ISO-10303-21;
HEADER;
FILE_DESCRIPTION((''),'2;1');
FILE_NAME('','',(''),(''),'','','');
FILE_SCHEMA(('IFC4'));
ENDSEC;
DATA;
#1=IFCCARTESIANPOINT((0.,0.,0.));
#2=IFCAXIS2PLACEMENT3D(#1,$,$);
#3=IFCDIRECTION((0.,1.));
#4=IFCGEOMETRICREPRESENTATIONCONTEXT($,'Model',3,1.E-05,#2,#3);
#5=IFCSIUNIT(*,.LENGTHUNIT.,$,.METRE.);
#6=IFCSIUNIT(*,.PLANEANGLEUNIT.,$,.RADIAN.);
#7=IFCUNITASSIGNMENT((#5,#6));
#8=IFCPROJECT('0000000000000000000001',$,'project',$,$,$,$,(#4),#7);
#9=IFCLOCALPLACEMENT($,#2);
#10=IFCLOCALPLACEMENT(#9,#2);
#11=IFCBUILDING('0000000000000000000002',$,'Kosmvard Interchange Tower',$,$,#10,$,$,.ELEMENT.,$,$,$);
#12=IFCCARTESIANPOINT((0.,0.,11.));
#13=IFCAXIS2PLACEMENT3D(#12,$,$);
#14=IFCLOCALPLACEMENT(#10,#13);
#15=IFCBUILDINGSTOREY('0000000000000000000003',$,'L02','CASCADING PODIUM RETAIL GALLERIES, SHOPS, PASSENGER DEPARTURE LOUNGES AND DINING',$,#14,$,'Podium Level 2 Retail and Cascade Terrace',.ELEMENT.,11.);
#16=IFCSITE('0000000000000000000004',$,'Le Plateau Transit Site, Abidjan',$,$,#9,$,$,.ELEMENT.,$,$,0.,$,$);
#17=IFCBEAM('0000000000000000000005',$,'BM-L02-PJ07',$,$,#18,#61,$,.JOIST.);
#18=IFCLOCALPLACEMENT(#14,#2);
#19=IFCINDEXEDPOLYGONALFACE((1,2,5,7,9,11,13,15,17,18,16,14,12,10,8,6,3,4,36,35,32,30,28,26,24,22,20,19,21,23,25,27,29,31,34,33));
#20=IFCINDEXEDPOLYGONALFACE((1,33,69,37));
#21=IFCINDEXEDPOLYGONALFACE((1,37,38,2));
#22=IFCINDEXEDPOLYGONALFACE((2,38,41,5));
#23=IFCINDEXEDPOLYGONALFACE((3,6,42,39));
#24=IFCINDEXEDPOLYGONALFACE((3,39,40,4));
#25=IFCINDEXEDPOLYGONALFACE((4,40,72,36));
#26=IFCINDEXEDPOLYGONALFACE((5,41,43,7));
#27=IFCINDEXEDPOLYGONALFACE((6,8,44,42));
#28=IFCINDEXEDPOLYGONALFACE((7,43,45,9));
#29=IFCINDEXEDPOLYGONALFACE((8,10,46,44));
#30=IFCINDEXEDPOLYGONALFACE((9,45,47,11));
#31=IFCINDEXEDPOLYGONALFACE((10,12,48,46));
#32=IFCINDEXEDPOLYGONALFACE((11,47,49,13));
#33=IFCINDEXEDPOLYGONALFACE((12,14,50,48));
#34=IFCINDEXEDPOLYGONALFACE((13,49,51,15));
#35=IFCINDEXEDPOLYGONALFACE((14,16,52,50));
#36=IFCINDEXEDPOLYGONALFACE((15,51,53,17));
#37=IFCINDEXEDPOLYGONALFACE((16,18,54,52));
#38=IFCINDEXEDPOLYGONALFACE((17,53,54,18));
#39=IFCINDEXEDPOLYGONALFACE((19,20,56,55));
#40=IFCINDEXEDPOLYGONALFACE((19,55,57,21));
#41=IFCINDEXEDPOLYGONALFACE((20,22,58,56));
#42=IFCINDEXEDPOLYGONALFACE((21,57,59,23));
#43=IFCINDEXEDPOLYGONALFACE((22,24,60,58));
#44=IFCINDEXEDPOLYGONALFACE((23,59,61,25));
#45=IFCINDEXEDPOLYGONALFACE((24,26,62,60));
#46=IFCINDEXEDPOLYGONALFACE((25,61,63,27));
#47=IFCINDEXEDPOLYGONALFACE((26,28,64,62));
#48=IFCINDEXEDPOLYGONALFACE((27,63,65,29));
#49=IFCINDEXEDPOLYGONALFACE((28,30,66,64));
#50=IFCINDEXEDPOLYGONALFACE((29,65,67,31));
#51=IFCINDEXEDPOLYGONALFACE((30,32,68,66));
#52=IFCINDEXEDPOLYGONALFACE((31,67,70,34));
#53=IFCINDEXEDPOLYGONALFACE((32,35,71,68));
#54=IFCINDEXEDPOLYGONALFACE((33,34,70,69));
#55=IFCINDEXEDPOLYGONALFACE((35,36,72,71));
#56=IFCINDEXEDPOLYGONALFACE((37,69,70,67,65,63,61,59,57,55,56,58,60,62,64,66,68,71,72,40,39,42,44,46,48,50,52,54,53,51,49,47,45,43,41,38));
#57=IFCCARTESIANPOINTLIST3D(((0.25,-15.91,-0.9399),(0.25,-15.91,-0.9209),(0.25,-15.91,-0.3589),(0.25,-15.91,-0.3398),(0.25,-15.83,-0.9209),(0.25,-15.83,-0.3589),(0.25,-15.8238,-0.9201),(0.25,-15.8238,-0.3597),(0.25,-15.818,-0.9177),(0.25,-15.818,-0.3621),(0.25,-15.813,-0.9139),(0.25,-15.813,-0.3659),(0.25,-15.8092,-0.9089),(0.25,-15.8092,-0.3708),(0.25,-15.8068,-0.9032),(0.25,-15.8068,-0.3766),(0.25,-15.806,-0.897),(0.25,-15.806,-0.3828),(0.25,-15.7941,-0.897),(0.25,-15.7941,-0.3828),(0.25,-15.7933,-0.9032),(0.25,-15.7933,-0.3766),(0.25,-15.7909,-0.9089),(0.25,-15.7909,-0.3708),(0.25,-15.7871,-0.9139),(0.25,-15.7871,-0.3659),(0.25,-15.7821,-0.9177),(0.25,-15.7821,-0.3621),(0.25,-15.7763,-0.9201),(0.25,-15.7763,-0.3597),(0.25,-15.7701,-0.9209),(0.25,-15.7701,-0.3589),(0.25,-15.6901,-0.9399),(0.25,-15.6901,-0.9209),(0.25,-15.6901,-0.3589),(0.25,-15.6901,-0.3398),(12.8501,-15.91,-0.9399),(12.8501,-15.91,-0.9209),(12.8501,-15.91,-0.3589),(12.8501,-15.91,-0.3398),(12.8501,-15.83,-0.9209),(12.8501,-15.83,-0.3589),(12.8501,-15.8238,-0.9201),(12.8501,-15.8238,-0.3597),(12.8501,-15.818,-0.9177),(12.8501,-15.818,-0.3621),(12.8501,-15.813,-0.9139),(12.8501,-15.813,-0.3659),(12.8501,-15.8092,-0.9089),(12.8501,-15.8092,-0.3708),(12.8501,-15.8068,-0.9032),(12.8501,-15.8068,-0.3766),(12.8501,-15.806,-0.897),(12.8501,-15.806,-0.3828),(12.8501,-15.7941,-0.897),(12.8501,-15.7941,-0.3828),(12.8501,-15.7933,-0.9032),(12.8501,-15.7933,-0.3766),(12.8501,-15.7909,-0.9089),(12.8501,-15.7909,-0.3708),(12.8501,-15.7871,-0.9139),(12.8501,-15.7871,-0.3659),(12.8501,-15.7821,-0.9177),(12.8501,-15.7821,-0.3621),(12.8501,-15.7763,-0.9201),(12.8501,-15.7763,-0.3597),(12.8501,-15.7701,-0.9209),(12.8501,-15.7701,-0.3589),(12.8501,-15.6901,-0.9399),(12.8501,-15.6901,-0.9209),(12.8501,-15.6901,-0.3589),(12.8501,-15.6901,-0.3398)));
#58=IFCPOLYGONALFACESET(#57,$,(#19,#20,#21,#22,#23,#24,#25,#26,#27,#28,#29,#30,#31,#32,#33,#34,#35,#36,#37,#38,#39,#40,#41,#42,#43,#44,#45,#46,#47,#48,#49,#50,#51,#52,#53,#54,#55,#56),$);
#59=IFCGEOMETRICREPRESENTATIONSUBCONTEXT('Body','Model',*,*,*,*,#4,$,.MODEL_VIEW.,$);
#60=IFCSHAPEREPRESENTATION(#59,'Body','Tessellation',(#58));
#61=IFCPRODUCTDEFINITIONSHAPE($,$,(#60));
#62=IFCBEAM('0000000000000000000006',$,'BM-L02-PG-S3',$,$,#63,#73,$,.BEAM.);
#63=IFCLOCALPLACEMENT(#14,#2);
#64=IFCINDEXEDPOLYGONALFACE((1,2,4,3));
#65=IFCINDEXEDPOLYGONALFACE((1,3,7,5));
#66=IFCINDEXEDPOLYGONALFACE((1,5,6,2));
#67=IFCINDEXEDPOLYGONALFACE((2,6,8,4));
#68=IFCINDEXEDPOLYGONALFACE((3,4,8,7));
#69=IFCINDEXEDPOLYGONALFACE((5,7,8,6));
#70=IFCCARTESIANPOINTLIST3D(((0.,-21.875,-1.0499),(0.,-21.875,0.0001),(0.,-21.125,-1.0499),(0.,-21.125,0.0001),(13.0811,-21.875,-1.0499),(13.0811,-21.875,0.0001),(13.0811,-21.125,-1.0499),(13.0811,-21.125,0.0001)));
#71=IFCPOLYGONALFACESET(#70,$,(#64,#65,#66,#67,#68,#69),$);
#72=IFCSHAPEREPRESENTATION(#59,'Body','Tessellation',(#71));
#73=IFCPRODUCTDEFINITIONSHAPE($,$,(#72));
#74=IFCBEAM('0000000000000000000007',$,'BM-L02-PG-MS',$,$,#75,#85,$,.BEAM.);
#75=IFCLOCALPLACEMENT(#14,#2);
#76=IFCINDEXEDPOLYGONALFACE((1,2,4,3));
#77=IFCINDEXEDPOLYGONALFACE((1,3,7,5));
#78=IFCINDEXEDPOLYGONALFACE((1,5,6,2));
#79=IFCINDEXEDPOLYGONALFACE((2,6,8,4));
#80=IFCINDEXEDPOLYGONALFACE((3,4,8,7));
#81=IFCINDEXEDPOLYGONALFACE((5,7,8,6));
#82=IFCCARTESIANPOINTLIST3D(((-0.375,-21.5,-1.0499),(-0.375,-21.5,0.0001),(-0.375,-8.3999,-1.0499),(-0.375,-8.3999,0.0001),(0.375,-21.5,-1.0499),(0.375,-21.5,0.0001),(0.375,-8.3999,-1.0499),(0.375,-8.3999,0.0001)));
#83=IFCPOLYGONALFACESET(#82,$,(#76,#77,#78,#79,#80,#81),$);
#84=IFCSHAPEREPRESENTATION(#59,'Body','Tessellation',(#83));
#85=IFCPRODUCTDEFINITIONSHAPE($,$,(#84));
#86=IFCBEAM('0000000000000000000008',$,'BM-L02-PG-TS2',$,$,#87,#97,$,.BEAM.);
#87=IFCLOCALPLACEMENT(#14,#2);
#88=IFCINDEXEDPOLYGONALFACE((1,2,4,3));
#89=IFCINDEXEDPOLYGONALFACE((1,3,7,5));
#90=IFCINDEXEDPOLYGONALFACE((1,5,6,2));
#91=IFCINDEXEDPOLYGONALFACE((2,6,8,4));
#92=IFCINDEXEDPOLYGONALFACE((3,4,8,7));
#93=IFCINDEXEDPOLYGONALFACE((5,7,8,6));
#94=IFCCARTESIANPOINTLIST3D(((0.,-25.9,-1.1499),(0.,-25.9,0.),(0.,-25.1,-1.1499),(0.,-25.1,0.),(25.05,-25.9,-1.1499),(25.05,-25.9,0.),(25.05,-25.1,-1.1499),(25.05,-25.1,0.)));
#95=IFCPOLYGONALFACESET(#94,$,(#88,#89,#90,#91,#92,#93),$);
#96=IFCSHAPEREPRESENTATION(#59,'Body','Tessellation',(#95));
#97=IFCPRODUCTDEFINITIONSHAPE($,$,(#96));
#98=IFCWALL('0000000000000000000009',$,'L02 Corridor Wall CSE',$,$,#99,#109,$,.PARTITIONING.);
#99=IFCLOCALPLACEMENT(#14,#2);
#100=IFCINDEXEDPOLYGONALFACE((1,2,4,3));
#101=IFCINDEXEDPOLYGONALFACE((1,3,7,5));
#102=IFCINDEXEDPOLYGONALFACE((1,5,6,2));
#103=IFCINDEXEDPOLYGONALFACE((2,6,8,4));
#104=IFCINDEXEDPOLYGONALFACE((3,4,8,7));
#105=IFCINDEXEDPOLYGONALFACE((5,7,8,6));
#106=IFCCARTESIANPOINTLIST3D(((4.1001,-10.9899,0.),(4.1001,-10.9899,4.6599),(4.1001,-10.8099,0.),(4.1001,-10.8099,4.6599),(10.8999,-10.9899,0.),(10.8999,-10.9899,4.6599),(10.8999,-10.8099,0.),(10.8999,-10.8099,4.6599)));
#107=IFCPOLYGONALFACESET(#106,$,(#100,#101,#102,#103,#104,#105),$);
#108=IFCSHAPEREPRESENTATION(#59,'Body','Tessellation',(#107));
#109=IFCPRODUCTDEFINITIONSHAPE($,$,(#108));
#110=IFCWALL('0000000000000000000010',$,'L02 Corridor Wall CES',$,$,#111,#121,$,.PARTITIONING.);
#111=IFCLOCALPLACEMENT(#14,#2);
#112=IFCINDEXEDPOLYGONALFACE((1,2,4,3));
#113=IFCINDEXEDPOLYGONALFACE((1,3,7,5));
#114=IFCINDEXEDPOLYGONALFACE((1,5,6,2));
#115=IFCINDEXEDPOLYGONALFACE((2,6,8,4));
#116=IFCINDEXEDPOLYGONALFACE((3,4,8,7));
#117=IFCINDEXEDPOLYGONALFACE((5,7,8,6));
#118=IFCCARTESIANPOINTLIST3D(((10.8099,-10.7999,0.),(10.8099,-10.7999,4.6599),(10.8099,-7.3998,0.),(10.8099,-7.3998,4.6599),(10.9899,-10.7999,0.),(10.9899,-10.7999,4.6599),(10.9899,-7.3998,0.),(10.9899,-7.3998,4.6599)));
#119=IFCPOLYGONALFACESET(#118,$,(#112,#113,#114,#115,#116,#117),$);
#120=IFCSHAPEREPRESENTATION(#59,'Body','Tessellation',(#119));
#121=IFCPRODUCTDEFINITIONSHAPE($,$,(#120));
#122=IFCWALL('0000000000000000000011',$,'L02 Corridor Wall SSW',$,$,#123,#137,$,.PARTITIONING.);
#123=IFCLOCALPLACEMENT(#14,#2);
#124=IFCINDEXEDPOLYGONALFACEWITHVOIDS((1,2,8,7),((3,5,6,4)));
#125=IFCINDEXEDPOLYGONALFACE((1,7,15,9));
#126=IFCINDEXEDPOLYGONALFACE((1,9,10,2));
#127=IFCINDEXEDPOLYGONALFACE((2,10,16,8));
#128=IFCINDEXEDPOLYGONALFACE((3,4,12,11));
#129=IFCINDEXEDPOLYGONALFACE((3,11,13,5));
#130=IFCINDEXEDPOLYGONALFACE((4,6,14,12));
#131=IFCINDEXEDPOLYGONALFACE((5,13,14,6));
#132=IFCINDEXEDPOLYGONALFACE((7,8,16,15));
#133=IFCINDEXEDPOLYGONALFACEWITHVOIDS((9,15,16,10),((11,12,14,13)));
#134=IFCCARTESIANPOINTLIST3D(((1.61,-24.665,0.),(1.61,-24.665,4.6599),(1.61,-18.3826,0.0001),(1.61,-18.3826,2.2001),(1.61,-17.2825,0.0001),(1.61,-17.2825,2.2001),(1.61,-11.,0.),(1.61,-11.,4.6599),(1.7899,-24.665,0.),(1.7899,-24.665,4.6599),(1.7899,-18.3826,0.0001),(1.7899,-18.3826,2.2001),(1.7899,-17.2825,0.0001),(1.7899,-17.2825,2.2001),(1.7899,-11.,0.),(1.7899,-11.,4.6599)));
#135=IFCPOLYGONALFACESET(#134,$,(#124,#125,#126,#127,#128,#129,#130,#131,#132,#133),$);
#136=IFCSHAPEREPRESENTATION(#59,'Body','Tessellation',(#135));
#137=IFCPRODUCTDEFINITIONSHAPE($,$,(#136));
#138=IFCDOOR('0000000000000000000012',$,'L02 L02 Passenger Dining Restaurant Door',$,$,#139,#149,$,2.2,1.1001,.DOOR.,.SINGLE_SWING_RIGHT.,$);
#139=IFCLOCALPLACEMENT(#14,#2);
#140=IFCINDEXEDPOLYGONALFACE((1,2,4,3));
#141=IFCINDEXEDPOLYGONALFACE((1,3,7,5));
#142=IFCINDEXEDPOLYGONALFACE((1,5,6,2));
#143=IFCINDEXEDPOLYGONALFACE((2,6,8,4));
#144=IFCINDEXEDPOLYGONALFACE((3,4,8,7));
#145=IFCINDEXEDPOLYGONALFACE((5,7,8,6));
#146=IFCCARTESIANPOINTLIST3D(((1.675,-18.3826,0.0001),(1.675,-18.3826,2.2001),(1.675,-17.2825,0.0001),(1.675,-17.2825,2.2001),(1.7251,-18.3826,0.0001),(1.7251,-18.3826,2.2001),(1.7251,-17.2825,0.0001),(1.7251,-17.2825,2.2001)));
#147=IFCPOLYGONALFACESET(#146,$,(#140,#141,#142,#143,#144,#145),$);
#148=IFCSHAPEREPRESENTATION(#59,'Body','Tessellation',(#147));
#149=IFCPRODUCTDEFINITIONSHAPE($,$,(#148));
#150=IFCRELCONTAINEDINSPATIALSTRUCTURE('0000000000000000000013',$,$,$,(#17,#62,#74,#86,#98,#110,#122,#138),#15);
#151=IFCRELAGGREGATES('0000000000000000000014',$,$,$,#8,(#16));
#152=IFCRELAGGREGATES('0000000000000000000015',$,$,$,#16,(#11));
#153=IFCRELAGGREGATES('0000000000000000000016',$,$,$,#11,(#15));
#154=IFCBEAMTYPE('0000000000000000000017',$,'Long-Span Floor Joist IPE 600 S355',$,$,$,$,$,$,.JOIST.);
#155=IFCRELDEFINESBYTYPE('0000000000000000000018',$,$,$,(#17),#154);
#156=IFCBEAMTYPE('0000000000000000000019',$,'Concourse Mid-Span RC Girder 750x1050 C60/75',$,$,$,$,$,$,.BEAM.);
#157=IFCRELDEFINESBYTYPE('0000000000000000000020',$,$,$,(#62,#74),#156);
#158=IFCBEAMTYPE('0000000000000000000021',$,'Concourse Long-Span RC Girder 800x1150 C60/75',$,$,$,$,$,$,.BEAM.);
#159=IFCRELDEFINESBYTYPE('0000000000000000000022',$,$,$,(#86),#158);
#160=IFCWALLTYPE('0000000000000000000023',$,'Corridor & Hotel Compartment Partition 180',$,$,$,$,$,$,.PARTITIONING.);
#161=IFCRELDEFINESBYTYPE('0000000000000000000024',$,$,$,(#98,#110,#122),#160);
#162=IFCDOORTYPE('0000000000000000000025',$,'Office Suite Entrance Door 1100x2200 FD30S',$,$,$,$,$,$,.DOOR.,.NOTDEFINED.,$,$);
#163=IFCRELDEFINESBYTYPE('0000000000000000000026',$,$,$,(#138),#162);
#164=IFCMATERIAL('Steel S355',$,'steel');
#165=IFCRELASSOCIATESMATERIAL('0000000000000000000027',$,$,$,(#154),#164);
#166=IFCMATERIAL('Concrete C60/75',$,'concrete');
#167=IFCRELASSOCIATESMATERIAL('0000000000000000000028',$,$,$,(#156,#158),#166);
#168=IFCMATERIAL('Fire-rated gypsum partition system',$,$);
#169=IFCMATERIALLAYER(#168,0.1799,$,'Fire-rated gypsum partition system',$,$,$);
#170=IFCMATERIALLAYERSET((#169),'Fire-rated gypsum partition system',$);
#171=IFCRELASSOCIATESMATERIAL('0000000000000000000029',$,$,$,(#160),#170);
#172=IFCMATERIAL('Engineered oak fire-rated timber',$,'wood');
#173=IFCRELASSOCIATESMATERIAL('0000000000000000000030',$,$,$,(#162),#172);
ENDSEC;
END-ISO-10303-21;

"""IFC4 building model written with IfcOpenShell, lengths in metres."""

from ifc_helpers import new_model, si_unit, direction, frame, frame_2d, origin, origin_2d, place, context, subcontext, project, spatial, rectangle, i_section, extrude, source, transform, mapped, material, layer, layer_set, material_profile, profile_set, type_object, element, fill, save


model = new_model("IFC4")

# Units and contexts
model_context = context("Model", 3, precision=1e-05, world=origin(), true_north=direction((0.0, 1.0)))
body_context = subcontext(model_context, "Body", "Model", "MODEL_VIEW")
ifc_project = project(units=[si_unit("LENGTHUNIT", "METRE"), si_unit("PLANEANGLEUNIT", "RADIAN")], contexts=[model_context])

# Site, building, storey
site_placement = place(None, origin())
site = spatial("IfcSite", under=ifc_project, at=site_placement, Name="Le Plateau Transit Site, Abidjan", CompositionType="ELEMENT", RefElevation=0.0)
building_placement = place(site_placement, origin())
building = spatial("IfcBuilding", under=site, at=building_placement, Name="Kosmvard Interchange Tower", CompositionType="ELEMENT")
storey_placement = place(building_placement, frame((0.0, 0.0, 11.0)))
storey = spatial("IfcBuildingStorey", under=building, at=storey_placement, Name="L02", Description="CASCADING PODIUM RETAIL GALLERIES, SHOPS, PASSENGER DEPARTURE LOUNGES AND DINING", LongName="Podium Level 2 Retail and Cascade Terrace", CompositionType="ELEMENT", Elevation=11.0)

# Shared definitions
ifc_material_1 = material(Name="Concrete C60/75", Category="concrete")

# Beams
ifc_material_2 = material(Name="Steel S355", Category="steel")
ifc_material_profile_1 = material_profile(ifc_material_2, i_section(OverallWidth=0.22, OverallDepth=0.6001, WebThickness=0.012, FlangeThickness=0.019, FilletRadius=0.0239, at=origin_2d()), Name="IPE 600")
ifc_profile_set_1 = profile_set([ifc_material_profile_1], Name="Steel S355")
beam_type_1 = type_object("IfcBeamType", Name="Long-Span Floor Joist IPE 600 S355", PredefinedType="JOIST", material=ifc_profile_set_1)
shared_shape_1 = source(origin(), body_context, "Body", "SweptSolid", [
    extrude(i_section(OverallWidth=0.22, OverallDepth=0.6001, WebThickness=0.012, FlangeThickness=0.019, FilletRadius=0.0239, at=origin_2d()), origin(), (0.0, 0.0, 1.0), 12.6001),
])
for number, where, z_axis, x_axis, name in (
    (1, (0.25, -15.8, -0.6399), (1.0, 0.0, 0.0), (0.0, 1.0, 0.0), "BM-L02-PJ07"),
):
    element("IfcBeam", number, at=place(storey_placement, frame(where, z_axis=z_axis, x_axis=x_axis)), inside=storey, type_object=beam_type_1, Name=name, PredefinedType="JOIST", context=body_context, shape_type="MappedRepresentation", body=[
        mapped(shared_shape_1, transform((0.0, 0.0, 0.0), scale=1.0)),
    ])
ifc_material_profile_2 = material_profile(ifc_material_1, rectangle(XDim=0.75, YDim=1.05, at=origin_2d()), Name="RCG 750x1050")
ifc_profile_set_2 = profile_set([ifc_material_profile_2], Name="Concrete C60/75")
beam_type_2 = type_object("IfcBeamType", Name="Concourse Mid-Span RC Girder 750x1050 C60/75", PredefinedType="BEAM", material=ifc_profile_set_2)
shared_shape_2 = source(origin(), body_context, "Body", "SweptSolid", [
    extrude(rectangle(XDim=0.75, YDim=1.05, at=origin_2d()), origin(), (0.0, 0.0, 1.0), 13.0811),
])
beam_1_placement = place(storey_placement, frame((0.0, -21.5, -0.5249), z_axis=(1.0, 0.0, 0.0), x_axis=(0.0, 1.0, 0.0)))
element("IfcBeam", 2, at=beam_1_placement, inside=storey, type_object=beam_type_2, Name="BM-L02-PG-S3", PredefinedType="BEAM", context=body_context, shape_type="MappedRepresentation", body=[
    mapped(shared_shape_2, transform((0.0, 0.0, 0.0), scale=1.0)),
])
shared_shape_3 = source(origin(), body_context, "Body", "SweptSolid", [
    extrude(rectangle(XDim=0.75, YDim=1.05, at=origin_2d()), origin(), (0.0, 0.0, 1.0), 13.1001),
])
beam_2_placement = place(storey_placement, frame((0.0, -21.5, -0.5249), z_axis=(0.0, 1.0, 0.0), x_axis=(-1.0, 0.0, 0.0)))
element("IfcBeam", 3, at=beam_2_placement, inside=storey, type_object=beam_type_2, Name="BM-L02-PG-MS", PredefinedType="BEAM", context=body_context, shape_type="MappedRepresentation", body=[
    mapped(shared_shape_3, transform((0.0, 0.0, 0.0), scale=1.0)),
])
ifc_material_profile_3 = material_profile(ifc_material_1, rectangle(XDim=0.8, YDim=1.1499, at=origin_2d()), Name="RCG 800x1150")
ifc_profile_set_3 = profile_set([ifc_material_profile_3], Name="Concrete C60/75")
beam_type_3 = type_object("IfcBeamType", Name="Concourse Long-Span RC Girder 800x1150 C60/75", PredefinedType="BEAM", material=ifc_profile_set_3)
shared_shape_4 = source(origin(), body_context, "Body", "SweptSolid", [
    extrude(rectangle(XDim=0.8, YDim=1.1499, at=origin_2d()), origin(), (0.0, 0.0, 1.0), 25.05),
])
beam_3_placement = place(storey_placement, frame((0.0, -25.5, -0.575), z_axis=(1.0, 0.0, 0.0), x_axis=(0.0, 1.0, 0.0)))
element("IfcBeam", 4, at=beam_3_placement, inside=storey, type_object=beam_type_3, Name="BM-L02-PG-TS2", PredefinedType="BEAM", context=body_context, shape_type="MappedRepresentation", body=[
    mapped(shared_shape_4, transform((0.0, 0.0, 0.0), scale=1.0)),
])

# Walls
ifc_material_3 = material(Name="Fire-rated gypsum partition system")
ifc_layer_1 = layer(ifc_material_3, 0.1799, Name="Fire-rated gypsum partition system")
ifc_layer_set_1 = layer_set([ifc_layer_1], Name="Fire-rated gypsum partition system")
wall_type_1 = type_object("IfcWallType", Name="Corridor & Hotel Compartment Partition 180", PredefinedType="PARTITIONING", material=ifc_layer_set_1)
wall_1_placement = place(storey_placement, frame((4.1001, -10.8999, 0.0), z_axis=(0.0, 0.0, 1.0), x_axis=(1.0, 0.0, 0.0)))
element("IfcWall", 5, at=wall_1_placement, inside=storey, type_object=wall_type_1, Name="L02 Corridor Wall CSE", PredefinedType="PARTITIONING", context=body_context, shape_type="SweptSolid", body=[
    extrude(rectangle(XDim=6.7998, YDim=0.1799, at=frame_2d((3.3999, 0.0))), origin(), (0.0, 0.0, 1.0), 4.6599),
])
wall_2_placement = place(storey_placement, frame((10.8999, -10.8, 0.0), z_axis=(0.0, 0.0, 1.0), x_axis=(0.0, 1.0, 0.0)))
element("IfcWall", 6, at=wall_2_placement, inside=storey, type_object=wall_type_1, Name="L02 Corridor Wall CES", PredefinedType="PARTITIONING", context=body_context, shape_type="SweptSolid", body=[
    extrude(rectangle(XDim=3.4001, YDim=0.1799, at=frame_2d((1.7002, 0.0))), origin(), (0.0, 0.0, 1.0), 4.6599),
])

# Wall, opening, door
wall_3_placement = place(storey_placement, frame((1.7, -24.665, 0.0), z_axis=(0.0, 0.0, 1.0), x_axis=(0.0, 1.0, 0.0)))
wall_3 = element("IfcWall", 7, at=wall_3_placement, inside=storey, type_object=wall_type_1, Name="L02 Corridor Wall SSW", PredefinedType="PARTITIONING", context=body_context, shape_type="SweptSolid", body=[
    extrude(rectangle(XDim=13.665, YDim=0.1799, at=frame_2d((6.8325, 0.0))), origin(), (0.0, 0.0, 1.0), 4.6599),
])
opening_1_placement = place(wall_3_placement, frame((6.2825, 0.0, 0.0)))
opening_1 = element("IfcOpeningElement", 8, at=opening_1_placement, cuts=wall_3, PredefinedType="OPENING", context=body_context, shape_type="SweptSolid", body=[
    extrude(rectangle(XDim=1.1001, YDim=2.2, at=frame_2d((0.55, 1.1001))), frame((0.0, 0.1001, 0.0), z_axis=(0.0, -1.0, 0.0), x_axis=(1.0, 0.0, 0.0)), (0.0, 0.0, 1.0), 0.2),
])
ifc_material_4 = material(Name="Engineered oak fire-rated timber", Category="wood")
door_type = type_object("IfcDoorType", Name="Office Suite Entrance Door 1100x2200 FD30S", OperationType="NOTDEFINED", PredefinedType="DOOR", material=ifc_material_4)
shared_shape_5 = source(origin(), body_context, "Body", "SweptSolid", [
    extrude(rectangle(XDim=1.1001, YDim=2.2, at=frame_2d((0.55, 1.1001))), frame((0.0, 0.0249, 0.0), z_axis=(0.0, -1.0, 0.0), x_axis=(1.0, 0.0, 0.0)), (0.0, 0.0, 1.0), 0.05),
])
door_1_placement = place(opening_1_placement, origin())
door_1 = element("IfcDoor", 9, at=door_1_placement, inside=storey, type_object=door_type, Name="L02 L02 Passenger Dining Restaurant Door", OperationType="SINGLE_SWING_RIGHT", OverallHeight=2.2, OverallWidth=1.1001, PredefinedType="DOOR", context=body_context, shape_type="MappedRepresentation", body=[
    mapped(shared_shape_5, transform((0.0, 0.0, 0.0), scale=1.0)),
])
fill(opening_1, door_1)

save(model, "model.ifc")
